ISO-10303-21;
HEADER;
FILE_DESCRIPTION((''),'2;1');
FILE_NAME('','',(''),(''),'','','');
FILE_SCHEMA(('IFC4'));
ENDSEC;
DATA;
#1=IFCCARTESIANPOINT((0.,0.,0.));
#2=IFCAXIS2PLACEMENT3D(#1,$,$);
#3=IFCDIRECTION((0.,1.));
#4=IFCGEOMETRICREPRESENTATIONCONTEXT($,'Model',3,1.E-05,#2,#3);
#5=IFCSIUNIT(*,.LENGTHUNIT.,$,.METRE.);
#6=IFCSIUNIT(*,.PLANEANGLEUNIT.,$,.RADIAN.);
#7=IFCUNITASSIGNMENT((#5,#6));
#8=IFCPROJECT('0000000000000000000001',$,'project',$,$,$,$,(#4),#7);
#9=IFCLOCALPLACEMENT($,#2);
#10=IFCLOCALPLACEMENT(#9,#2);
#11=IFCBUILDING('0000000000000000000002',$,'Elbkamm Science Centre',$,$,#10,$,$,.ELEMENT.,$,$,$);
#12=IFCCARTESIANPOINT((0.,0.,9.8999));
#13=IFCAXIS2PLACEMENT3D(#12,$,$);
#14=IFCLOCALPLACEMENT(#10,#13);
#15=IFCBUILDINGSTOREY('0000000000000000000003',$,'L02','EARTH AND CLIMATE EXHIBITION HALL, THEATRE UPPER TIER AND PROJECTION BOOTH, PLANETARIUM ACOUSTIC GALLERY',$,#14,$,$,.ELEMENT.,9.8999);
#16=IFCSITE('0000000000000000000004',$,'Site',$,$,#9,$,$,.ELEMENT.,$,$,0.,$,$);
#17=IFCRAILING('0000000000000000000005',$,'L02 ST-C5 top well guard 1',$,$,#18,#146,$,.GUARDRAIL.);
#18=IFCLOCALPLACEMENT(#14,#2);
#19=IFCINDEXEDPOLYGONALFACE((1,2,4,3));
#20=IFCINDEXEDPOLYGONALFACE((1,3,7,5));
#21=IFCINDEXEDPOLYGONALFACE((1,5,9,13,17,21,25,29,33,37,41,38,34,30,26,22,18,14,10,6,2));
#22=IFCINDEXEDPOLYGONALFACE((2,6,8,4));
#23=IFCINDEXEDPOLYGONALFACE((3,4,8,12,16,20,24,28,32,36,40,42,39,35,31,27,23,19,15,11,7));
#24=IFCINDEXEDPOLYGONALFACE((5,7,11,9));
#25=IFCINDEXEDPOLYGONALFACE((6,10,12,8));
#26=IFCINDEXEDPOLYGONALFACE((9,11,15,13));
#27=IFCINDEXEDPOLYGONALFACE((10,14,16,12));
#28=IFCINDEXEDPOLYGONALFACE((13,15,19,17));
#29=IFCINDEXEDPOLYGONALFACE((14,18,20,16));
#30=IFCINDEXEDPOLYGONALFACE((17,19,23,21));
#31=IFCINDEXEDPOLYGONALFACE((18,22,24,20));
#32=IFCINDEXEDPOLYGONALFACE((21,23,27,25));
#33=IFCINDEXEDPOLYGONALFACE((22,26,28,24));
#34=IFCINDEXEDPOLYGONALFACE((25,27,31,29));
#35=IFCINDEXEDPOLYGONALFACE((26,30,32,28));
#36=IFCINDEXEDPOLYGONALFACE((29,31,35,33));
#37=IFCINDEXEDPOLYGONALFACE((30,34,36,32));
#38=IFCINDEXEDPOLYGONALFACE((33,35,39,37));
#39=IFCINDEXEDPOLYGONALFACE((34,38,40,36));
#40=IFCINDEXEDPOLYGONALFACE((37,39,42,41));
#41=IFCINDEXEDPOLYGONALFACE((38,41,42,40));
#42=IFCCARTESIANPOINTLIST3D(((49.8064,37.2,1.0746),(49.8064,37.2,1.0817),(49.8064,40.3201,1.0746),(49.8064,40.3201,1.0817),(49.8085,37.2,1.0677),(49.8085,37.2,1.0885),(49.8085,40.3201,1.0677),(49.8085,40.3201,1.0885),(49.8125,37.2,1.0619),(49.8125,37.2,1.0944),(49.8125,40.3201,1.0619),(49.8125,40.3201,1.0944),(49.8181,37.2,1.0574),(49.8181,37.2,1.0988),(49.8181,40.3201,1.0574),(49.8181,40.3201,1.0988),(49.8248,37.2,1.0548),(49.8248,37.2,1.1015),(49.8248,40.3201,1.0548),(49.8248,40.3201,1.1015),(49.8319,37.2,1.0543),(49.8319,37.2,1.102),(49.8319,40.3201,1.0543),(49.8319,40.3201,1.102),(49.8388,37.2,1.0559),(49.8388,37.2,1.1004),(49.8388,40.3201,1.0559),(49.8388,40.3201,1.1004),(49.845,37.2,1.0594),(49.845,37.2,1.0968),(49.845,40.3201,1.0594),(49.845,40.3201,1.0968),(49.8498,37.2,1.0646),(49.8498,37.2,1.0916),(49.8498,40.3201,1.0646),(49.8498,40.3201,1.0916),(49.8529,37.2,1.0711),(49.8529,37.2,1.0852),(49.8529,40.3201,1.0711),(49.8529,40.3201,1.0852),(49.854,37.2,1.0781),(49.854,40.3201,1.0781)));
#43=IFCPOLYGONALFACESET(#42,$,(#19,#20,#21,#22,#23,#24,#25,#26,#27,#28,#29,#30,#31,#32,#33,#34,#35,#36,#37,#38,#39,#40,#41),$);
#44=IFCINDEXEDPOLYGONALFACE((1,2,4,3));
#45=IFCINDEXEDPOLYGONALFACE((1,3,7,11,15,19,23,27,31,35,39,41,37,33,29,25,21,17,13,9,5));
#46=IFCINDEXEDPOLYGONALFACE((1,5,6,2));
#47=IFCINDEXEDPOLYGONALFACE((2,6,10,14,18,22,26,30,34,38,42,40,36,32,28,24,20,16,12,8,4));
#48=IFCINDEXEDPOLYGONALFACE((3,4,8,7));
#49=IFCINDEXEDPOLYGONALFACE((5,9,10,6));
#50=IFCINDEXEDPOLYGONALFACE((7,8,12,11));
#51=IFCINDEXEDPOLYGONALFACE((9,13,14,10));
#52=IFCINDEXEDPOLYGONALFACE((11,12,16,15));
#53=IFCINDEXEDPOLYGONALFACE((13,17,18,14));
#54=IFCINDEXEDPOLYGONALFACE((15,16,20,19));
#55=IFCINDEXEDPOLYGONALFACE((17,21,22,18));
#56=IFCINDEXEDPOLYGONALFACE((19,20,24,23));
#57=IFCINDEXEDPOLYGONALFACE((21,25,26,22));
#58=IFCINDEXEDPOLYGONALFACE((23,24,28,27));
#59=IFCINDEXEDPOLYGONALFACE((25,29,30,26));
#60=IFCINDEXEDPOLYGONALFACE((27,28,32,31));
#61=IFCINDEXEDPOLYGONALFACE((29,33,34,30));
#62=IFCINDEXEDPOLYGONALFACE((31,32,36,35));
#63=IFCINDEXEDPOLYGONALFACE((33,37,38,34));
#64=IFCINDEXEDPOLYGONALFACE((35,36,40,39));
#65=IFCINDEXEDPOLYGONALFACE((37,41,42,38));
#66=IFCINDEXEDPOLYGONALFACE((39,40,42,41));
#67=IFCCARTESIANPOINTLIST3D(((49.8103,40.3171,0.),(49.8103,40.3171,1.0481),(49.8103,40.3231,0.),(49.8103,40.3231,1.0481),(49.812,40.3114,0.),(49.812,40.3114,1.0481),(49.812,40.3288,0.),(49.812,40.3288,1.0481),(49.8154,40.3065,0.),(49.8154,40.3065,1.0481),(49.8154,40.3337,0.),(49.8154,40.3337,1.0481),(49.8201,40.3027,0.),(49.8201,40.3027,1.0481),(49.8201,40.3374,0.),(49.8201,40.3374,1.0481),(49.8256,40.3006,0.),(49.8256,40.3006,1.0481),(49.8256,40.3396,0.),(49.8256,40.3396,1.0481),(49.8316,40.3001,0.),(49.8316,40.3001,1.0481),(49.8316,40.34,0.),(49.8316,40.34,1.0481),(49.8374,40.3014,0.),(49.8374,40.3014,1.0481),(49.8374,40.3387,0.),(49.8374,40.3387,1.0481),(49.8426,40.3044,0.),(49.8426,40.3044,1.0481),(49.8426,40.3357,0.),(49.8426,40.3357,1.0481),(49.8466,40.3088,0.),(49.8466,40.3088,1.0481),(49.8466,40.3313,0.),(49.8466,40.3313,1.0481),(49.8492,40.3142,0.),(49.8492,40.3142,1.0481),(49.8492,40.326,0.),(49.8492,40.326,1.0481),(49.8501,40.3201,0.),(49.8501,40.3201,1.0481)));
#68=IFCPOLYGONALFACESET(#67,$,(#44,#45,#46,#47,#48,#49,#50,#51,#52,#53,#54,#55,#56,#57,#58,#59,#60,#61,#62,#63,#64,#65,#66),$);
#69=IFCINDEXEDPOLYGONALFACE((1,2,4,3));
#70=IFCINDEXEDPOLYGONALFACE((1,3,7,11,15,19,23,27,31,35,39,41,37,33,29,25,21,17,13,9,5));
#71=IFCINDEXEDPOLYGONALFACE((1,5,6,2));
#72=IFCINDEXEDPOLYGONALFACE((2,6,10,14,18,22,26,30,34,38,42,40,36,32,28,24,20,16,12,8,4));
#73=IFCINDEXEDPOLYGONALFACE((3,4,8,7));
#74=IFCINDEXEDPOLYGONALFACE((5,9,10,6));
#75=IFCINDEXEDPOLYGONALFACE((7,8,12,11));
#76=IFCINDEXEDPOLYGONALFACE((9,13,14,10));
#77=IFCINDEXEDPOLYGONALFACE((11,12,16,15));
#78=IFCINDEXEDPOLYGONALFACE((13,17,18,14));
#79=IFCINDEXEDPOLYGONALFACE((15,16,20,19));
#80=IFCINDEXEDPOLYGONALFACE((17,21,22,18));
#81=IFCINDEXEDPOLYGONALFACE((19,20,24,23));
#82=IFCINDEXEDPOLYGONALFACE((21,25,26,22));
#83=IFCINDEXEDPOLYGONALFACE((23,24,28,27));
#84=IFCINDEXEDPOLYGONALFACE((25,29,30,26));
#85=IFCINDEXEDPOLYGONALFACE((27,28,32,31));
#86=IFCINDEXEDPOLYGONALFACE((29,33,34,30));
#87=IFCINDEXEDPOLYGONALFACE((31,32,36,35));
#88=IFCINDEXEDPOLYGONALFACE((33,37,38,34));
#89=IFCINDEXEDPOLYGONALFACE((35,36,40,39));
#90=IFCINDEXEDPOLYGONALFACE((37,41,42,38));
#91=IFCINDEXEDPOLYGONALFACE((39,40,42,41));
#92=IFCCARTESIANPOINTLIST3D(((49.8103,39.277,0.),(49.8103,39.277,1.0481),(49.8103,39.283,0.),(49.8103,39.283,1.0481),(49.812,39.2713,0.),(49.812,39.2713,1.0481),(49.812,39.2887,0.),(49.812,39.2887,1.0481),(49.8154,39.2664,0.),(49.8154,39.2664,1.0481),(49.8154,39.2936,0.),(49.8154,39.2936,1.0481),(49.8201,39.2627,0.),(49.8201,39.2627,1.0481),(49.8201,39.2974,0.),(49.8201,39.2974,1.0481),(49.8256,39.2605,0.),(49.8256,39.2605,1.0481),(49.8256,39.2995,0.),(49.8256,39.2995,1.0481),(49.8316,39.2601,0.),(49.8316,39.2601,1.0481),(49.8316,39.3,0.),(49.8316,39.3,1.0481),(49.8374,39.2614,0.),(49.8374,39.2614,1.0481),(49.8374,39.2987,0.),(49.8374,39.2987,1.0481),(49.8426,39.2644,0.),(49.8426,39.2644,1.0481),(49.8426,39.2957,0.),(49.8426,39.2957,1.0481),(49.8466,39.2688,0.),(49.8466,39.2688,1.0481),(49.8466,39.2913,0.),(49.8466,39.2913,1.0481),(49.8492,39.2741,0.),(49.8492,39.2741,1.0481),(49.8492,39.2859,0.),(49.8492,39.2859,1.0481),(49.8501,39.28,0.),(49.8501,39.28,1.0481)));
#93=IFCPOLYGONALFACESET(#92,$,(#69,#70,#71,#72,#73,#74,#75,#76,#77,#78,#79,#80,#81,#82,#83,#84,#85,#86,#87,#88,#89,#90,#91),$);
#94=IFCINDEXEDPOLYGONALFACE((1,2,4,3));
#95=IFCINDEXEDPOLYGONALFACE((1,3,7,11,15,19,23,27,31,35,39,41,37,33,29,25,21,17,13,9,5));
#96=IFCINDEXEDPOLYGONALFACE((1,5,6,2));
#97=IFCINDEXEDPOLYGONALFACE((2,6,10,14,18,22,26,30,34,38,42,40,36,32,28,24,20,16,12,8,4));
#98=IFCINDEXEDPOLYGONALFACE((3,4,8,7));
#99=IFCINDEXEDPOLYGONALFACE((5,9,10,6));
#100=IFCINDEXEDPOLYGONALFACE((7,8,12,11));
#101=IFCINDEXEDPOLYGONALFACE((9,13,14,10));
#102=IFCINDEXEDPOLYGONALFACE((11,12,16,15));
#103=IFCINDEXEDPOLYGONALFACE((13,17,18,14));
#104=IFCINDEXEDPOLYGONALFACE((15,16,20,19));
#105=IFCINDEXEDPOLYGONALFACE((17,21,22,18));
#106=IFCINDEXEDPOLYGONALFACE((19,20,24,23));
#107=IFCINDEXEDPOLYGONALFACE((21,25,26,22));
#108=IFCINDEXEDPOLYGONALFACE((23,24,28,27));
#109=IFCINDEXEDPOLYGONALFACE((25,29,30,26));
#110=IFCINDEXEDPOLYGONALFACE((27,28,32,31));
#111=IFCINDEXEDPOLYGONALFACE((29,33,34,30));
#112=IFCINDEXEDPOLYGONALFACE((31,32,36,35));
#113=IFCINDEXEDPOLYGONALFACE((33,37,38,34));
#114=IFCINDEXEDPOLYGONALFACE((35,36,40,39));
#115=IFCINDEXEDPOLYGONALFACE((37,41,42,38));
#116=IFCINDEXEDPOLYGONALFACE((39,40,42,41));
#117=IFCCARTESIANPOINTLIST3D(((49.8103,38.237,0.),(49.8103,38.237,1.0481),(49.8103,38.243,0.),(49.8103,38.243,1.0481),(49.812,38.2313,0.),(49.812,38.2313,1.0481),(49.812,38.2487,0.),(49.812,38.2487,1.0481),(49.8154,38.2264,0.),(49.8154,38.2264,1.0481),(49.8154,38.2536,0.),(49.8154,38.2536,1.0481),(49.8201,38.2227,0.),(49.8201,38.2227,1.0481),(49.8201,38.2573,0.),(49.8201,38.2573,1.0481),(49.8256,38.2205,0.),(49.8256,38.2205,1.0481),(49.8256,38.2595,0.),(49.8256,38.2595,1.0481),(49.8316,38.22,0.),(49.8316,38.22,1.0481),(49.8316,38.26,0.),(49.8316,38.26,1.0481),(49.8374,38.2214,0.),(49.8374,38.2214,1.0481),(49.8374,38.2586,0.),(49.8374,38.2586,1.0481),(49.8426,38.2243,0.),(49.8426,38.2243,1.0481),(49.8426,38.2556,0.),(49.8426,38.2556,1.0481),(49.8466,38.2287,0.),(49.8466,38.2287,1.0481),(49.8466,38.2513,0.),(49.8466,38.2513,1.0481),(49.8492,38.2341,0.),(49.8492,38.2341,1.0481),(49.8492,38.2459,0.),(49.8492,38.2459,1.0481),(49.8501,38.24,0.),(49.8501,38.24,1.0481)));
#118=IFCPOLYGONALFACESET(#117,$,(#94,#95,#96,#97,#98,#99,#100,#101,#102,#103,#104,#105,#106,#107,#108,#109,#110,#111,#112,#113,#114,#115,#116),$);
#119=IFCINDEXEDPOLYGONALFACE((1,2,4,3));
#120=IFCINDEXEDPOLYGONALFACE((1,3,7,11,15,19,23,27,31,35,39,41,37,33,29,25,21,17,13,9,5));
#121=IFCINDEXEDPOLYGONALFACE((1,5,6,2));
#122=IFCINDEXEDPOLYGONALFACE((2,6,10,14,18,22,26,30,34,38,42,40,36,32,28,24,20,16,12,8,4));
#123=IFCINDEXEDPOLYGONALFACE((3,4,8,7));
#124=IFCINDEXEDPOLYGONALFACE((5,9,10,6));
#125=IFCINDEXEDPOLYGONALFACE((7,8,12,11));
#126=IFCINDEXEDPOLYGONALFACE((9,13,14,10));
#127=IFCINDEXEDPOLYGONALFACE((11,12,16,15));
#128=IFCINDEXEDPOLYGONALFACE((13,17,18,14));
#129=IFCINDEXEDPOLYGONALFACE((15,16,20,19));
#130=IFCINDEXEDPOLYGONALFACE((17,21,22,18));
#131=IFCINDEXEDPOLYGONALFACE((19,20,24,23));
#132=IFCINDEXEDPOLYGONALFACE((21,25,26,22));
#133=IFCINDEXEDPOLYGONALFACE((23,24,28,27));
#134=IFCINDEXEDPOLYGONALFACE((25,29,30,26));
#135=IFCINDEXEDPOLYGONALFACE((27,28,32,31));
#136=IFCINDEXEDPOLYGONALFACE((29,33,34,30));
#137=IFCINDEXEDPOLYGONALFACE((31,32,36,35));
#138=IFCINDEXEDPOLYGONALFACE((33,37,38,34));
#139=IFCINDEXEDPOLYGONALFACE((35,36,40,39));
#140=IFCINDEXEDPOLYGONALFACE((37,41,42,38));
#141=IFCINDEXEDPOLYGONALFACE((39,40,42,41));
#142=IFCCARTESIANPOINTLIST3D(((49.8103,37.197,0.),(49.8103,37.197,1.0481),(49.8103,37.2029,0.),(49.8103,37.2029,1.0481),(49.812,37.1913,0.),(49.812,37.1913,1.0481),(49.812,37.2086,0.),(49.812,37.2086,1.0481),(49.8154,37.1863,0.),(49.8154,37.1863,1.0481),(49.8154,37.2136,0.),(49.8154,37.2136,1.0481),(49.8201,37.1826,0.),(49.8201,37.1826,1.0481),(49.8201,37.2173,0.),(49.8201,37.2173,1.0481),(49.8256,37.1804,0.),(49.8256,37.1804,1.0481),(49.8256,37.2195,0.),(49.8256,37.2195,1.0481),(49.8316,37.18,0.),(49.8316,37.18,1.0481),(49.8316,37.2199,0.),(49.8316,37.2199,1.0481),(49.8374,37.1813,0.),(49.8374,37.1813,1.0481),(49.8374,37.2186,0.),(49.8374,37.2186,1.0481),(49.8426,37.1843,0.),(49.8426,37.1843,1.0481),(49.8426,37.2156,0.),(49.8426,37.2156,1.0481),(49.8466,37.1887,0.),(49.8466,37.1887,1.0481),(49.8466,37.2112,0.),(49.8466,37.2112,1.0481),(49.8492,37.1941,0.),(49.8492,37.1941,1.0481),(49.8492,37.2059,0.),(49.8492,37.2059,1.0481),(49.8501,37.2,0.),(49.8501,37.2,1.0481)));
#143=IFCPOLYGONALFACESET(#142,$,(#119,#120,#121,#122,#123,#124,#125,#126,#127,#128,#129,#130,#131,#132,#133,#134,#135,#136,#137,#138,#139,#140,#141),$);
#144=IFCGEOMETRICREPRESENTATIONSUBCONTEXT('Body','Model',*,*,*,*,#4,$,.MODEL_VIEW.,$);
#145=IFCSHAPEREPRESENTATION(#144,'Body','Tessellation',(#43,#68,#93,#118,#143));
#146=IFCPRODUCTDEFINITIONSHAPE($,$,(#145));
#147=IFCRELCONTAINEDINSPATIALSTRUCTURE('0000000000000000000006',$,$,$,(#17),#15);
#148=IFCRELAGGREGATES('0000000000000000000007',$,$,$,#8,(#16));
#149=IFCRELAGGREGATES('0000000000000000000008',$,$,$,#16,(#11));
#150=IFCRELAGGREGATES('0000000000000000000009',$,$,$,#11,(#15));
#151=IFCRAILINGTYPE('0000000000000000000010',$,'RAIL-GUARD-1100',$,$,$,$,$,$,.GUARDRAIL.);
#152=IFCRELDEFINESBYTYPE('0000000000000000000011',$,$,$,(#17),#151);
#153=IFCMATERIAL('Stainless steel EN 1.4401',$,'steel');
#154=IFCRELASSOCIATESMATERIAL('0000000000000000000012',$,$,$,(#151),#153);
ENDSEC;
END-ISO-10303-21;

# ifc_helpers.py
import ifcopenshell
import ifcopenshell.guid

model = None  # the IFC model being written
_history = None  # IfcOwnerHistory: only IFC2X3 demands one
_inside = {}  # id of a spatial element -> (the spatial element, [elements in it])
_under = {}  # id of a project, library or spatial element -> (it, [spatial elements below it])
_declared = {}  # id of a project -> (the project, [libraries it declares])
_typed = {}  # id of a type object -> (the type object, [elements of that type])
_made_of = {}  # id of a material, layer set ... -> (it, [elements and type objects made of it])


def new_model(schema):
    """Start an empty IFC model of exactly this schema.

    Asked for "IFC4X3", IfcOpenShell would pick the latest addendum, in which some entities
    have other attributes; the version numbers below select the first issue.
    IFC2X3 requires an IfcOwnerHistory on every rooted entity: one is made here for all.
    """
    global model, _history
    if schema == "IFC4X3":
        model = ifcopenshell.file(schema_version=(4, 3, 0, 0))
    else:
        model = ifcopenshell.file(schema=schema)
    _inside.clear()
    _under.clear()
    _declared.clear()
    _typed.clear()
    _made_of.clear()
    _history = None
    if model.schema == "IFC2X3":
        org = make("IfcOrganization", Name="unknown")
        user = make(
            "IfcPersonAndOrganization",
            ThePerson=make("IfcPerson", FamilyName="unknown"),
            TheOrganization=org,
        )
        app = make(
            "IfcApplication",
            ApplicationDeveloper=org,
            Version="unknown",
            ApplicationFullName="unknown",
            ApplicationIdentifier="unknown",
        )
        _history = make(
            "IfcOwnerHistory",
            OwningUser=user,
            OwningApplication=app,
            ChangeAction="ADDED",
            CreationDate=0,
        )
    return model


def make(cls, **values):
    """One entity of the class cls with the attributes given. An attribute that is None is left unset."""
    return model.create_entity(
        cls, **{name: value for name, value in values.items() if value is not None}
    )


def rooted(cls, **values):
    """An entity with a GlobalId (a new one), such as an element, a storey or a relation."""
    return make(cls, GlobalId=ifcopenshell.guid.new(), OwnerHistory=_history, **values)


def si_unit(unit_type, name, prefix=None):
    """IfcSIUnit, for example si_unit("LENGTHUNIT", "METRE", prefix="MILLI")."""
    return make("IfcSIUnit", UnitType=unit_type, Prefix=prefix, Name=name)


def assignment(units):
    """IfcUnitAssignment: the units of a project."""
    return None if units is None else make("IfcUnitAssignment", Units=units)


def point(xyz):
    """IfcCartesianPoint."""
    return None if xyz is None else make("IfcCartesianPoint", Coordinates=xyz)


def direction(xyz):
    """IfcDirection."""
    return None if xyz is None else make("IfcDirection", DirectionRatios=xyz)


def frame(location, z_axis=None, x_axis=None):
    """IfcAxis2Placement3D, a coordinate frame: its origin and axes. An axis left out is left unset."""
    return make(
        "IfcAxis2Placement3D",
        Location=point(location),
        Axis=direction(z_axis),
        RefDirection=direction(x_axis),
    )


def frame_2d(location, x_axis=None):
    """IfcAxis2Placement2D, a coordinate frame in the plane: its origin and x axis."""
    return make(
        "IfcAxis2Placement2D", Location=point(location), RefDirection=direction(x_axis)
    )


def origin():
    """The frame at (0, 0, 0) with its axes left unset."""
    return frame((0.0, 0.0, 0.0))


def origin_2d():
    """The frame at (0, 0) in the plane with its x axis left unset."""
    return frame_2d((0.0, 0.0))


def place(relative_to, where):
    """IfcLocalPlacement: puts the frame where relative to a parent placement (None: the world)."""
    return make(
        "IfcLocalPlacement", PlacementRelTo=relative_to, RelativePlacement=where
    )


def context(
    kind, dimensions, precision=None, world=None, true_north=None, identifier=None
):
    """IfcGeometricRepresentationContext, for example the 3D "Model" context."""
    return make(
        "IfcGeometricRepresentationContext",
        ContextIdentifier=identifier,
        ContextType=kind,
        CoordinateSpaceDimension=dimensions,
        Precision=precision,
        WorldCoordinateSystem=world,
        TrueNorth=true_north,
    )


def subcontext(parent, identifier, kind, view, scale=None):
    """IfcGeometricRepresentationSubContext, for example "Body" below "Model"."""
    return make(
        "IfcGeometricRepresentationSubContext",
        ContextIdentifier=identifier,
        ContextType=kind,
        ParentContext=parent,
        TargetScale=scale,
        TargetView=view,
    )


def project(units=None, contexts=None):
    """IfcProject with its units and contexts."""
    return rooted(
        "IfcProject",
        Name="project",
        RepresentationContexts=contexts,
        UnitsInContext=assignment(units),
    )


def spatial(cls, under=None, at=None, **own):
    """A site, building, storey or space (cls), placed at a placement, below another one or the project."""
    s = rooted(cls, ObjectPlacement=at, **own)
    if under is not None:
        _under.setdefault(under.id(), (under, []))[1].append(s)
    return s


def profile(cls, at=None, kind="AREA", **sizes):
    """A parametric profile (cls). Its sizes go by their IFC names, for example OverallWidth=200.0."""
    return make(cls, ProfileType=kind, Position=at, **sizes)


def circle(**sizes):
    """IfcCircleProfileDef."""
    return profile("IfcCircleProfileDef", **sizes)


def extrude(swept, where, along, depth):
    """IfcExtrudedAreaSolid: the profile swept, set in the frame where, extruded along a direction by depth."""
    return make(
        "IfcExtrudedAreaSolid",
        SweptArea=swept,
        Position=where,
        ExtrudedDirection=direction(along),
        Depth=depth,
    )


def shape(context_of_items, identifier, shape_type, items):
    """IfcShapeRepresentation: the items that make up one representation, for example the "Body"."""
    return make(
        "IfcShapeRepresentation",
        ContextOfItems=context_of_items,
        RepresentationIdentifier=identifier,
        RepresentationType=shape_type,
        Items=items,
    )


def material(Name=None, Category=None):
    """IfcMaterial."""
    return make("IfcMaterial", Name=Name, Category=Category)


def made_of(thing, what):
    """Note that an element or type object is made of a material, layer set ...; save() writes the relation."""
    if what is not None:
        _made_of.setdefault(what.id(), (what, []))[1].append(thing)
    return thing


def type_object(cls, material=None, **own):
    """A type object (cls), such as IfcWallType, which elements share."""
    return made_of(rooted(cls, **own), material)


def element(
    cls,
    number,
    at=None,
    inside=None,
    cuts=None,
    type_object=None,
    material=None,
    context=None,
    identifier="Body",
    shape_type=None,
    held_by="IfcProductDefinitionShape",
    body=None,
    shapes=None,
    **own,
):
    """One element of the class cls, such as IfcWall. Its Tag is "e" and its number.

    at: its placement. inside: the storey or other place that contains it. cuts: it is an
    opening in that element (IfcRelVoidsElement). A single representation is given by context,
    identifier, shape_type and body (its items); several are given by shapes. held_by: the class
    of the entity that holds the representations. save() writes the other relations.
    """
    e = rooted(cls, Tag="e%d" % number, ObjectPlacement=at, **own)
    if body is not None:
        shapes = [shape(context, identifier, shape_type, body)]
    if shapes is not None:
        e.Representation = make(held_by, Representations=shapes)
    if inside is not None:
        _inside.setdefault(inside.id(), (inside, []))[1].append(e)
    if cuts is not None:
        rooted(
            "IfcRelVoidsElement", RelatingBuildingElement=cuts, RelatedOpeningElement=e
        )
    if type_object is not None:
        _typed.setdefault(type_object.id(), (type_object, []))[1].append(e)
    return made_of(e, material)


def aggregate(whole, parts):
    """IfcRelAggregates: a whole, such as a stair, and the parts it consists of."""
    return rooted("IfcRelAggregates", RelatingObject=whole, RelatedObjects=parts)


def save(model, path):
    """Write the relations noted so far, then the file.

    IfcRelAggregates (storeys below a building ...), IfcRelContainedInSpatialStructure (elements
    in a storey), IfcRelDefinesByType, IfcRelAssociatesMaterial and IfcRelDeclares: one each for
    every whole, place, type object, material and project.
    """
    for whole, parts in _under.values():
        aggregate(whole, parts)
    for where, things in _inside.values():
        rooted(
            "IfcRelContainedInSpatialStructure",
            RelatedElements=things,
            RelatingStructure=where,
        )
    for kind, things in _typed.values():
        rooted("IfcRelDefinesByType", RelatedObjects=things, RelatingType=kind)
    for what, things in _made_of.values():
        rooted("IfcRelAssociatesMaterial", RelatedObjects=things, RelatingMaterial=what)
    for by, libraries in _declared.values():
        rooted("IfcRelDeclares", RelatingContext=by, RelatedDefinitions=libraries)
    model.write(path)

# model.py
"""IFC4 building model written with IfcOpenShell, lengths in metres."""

from ifc_helpers import new_model, si_unit, direction, frame, origin, origin_2d, place, context, subcontext, project, spatial, circle, extrude, material, type_object, element, save


model = new_model("IFC4")

# Units and contexts
model_context = context("Model", 3, precision=1e-05, world=origin(), true_north=direction((0.0, 1.0)))
body_context = subcontext(model_context, "Body", "Model", "MODEL_VIEW")
ifc_project = project(units=[si_unit("LENGTHUNIT", "METRE"), si_unit("PLANEANGLEUNIT", "RADIAN")], contexts=[model_context])

# Site, building, storey
site_placement = place(None, origin())
site = spatial("IfcSite", under=ifc_project, at=site_placement, Name="Site", CompositionType="ELEMENT", RefElevation=0.0)
building_placement = place(site_placement, origin())
building = spatial("IfcBuilding", under=site, at=building_placement, Name="Elbkamm Science Centre", CompositionType="ELEMENT")
storey_placement = place(building_placement, frame((0.0, 0.0, 9.8999)))
storey = spatial("IfcBuildingStorey", under=building, at=storey_placement, Name="L02", Description="EARTH AND CLIMATE EXHIBITION HALL, THEATRE UPPER TIER AND PROJECTION BOOTH, PLANETARIUM ACOUSTIC GALLERY", CompositionType="ELEMENT", Elevation=9.8999)

# Railing
ifc_material_1 = material(Name="Stainless steel EN 1.4401", Category="steel")
railing_type = type_object("IfcRailingType", Name="RAIL-GUARD-1100", PredefinedType="GUARDRAIL", material=ifc_material_1)
railing_1_placement = place(storey_placement, frame((49.8301, 40.3201, 0.0)))
element("IfcRailing", 1, at=railing_1_placement, inside=storey, type_object=railing_type, Name="L02 ST-C5 top well guard 1", PredefinedType="GUARDRAIL", context=body_context, shape_type="SweptSolid", body=[
    extrude(circle(Radius=0.0239, at=origin_2d()), frame((0.0, 0.0, 1.0781), z_axis=(0.0, -1.0, 0.0), x_axis=(1.0, 0.0, 0.0)), (0.0, 0.0, 1.0), 3.1201),
    extrude(circle(Radius=0.02, at=origin_2d()), origin(), (0.0, 0.0, 1.0), 1.0481),
    extrude(circle(Radius=0.02, at=origin_2d()), frame((0.0, -1.04, 0.0)), (0.0, 0.0, 1.0), 1.0481),
    extrude(circle(Radius=0.02, at=origin_2d()), frame((0.0, -2.0801, 0.0)), (0.0, 0.0, 1.0), 1.0481),
    extrude(circle(Radius=0.02, at=origin_2d()), frame((0.0, -3.1201, 0.0)), (0.0, 0.0, 1.0), 1.0481),
])

save(model, "model.ifc")
